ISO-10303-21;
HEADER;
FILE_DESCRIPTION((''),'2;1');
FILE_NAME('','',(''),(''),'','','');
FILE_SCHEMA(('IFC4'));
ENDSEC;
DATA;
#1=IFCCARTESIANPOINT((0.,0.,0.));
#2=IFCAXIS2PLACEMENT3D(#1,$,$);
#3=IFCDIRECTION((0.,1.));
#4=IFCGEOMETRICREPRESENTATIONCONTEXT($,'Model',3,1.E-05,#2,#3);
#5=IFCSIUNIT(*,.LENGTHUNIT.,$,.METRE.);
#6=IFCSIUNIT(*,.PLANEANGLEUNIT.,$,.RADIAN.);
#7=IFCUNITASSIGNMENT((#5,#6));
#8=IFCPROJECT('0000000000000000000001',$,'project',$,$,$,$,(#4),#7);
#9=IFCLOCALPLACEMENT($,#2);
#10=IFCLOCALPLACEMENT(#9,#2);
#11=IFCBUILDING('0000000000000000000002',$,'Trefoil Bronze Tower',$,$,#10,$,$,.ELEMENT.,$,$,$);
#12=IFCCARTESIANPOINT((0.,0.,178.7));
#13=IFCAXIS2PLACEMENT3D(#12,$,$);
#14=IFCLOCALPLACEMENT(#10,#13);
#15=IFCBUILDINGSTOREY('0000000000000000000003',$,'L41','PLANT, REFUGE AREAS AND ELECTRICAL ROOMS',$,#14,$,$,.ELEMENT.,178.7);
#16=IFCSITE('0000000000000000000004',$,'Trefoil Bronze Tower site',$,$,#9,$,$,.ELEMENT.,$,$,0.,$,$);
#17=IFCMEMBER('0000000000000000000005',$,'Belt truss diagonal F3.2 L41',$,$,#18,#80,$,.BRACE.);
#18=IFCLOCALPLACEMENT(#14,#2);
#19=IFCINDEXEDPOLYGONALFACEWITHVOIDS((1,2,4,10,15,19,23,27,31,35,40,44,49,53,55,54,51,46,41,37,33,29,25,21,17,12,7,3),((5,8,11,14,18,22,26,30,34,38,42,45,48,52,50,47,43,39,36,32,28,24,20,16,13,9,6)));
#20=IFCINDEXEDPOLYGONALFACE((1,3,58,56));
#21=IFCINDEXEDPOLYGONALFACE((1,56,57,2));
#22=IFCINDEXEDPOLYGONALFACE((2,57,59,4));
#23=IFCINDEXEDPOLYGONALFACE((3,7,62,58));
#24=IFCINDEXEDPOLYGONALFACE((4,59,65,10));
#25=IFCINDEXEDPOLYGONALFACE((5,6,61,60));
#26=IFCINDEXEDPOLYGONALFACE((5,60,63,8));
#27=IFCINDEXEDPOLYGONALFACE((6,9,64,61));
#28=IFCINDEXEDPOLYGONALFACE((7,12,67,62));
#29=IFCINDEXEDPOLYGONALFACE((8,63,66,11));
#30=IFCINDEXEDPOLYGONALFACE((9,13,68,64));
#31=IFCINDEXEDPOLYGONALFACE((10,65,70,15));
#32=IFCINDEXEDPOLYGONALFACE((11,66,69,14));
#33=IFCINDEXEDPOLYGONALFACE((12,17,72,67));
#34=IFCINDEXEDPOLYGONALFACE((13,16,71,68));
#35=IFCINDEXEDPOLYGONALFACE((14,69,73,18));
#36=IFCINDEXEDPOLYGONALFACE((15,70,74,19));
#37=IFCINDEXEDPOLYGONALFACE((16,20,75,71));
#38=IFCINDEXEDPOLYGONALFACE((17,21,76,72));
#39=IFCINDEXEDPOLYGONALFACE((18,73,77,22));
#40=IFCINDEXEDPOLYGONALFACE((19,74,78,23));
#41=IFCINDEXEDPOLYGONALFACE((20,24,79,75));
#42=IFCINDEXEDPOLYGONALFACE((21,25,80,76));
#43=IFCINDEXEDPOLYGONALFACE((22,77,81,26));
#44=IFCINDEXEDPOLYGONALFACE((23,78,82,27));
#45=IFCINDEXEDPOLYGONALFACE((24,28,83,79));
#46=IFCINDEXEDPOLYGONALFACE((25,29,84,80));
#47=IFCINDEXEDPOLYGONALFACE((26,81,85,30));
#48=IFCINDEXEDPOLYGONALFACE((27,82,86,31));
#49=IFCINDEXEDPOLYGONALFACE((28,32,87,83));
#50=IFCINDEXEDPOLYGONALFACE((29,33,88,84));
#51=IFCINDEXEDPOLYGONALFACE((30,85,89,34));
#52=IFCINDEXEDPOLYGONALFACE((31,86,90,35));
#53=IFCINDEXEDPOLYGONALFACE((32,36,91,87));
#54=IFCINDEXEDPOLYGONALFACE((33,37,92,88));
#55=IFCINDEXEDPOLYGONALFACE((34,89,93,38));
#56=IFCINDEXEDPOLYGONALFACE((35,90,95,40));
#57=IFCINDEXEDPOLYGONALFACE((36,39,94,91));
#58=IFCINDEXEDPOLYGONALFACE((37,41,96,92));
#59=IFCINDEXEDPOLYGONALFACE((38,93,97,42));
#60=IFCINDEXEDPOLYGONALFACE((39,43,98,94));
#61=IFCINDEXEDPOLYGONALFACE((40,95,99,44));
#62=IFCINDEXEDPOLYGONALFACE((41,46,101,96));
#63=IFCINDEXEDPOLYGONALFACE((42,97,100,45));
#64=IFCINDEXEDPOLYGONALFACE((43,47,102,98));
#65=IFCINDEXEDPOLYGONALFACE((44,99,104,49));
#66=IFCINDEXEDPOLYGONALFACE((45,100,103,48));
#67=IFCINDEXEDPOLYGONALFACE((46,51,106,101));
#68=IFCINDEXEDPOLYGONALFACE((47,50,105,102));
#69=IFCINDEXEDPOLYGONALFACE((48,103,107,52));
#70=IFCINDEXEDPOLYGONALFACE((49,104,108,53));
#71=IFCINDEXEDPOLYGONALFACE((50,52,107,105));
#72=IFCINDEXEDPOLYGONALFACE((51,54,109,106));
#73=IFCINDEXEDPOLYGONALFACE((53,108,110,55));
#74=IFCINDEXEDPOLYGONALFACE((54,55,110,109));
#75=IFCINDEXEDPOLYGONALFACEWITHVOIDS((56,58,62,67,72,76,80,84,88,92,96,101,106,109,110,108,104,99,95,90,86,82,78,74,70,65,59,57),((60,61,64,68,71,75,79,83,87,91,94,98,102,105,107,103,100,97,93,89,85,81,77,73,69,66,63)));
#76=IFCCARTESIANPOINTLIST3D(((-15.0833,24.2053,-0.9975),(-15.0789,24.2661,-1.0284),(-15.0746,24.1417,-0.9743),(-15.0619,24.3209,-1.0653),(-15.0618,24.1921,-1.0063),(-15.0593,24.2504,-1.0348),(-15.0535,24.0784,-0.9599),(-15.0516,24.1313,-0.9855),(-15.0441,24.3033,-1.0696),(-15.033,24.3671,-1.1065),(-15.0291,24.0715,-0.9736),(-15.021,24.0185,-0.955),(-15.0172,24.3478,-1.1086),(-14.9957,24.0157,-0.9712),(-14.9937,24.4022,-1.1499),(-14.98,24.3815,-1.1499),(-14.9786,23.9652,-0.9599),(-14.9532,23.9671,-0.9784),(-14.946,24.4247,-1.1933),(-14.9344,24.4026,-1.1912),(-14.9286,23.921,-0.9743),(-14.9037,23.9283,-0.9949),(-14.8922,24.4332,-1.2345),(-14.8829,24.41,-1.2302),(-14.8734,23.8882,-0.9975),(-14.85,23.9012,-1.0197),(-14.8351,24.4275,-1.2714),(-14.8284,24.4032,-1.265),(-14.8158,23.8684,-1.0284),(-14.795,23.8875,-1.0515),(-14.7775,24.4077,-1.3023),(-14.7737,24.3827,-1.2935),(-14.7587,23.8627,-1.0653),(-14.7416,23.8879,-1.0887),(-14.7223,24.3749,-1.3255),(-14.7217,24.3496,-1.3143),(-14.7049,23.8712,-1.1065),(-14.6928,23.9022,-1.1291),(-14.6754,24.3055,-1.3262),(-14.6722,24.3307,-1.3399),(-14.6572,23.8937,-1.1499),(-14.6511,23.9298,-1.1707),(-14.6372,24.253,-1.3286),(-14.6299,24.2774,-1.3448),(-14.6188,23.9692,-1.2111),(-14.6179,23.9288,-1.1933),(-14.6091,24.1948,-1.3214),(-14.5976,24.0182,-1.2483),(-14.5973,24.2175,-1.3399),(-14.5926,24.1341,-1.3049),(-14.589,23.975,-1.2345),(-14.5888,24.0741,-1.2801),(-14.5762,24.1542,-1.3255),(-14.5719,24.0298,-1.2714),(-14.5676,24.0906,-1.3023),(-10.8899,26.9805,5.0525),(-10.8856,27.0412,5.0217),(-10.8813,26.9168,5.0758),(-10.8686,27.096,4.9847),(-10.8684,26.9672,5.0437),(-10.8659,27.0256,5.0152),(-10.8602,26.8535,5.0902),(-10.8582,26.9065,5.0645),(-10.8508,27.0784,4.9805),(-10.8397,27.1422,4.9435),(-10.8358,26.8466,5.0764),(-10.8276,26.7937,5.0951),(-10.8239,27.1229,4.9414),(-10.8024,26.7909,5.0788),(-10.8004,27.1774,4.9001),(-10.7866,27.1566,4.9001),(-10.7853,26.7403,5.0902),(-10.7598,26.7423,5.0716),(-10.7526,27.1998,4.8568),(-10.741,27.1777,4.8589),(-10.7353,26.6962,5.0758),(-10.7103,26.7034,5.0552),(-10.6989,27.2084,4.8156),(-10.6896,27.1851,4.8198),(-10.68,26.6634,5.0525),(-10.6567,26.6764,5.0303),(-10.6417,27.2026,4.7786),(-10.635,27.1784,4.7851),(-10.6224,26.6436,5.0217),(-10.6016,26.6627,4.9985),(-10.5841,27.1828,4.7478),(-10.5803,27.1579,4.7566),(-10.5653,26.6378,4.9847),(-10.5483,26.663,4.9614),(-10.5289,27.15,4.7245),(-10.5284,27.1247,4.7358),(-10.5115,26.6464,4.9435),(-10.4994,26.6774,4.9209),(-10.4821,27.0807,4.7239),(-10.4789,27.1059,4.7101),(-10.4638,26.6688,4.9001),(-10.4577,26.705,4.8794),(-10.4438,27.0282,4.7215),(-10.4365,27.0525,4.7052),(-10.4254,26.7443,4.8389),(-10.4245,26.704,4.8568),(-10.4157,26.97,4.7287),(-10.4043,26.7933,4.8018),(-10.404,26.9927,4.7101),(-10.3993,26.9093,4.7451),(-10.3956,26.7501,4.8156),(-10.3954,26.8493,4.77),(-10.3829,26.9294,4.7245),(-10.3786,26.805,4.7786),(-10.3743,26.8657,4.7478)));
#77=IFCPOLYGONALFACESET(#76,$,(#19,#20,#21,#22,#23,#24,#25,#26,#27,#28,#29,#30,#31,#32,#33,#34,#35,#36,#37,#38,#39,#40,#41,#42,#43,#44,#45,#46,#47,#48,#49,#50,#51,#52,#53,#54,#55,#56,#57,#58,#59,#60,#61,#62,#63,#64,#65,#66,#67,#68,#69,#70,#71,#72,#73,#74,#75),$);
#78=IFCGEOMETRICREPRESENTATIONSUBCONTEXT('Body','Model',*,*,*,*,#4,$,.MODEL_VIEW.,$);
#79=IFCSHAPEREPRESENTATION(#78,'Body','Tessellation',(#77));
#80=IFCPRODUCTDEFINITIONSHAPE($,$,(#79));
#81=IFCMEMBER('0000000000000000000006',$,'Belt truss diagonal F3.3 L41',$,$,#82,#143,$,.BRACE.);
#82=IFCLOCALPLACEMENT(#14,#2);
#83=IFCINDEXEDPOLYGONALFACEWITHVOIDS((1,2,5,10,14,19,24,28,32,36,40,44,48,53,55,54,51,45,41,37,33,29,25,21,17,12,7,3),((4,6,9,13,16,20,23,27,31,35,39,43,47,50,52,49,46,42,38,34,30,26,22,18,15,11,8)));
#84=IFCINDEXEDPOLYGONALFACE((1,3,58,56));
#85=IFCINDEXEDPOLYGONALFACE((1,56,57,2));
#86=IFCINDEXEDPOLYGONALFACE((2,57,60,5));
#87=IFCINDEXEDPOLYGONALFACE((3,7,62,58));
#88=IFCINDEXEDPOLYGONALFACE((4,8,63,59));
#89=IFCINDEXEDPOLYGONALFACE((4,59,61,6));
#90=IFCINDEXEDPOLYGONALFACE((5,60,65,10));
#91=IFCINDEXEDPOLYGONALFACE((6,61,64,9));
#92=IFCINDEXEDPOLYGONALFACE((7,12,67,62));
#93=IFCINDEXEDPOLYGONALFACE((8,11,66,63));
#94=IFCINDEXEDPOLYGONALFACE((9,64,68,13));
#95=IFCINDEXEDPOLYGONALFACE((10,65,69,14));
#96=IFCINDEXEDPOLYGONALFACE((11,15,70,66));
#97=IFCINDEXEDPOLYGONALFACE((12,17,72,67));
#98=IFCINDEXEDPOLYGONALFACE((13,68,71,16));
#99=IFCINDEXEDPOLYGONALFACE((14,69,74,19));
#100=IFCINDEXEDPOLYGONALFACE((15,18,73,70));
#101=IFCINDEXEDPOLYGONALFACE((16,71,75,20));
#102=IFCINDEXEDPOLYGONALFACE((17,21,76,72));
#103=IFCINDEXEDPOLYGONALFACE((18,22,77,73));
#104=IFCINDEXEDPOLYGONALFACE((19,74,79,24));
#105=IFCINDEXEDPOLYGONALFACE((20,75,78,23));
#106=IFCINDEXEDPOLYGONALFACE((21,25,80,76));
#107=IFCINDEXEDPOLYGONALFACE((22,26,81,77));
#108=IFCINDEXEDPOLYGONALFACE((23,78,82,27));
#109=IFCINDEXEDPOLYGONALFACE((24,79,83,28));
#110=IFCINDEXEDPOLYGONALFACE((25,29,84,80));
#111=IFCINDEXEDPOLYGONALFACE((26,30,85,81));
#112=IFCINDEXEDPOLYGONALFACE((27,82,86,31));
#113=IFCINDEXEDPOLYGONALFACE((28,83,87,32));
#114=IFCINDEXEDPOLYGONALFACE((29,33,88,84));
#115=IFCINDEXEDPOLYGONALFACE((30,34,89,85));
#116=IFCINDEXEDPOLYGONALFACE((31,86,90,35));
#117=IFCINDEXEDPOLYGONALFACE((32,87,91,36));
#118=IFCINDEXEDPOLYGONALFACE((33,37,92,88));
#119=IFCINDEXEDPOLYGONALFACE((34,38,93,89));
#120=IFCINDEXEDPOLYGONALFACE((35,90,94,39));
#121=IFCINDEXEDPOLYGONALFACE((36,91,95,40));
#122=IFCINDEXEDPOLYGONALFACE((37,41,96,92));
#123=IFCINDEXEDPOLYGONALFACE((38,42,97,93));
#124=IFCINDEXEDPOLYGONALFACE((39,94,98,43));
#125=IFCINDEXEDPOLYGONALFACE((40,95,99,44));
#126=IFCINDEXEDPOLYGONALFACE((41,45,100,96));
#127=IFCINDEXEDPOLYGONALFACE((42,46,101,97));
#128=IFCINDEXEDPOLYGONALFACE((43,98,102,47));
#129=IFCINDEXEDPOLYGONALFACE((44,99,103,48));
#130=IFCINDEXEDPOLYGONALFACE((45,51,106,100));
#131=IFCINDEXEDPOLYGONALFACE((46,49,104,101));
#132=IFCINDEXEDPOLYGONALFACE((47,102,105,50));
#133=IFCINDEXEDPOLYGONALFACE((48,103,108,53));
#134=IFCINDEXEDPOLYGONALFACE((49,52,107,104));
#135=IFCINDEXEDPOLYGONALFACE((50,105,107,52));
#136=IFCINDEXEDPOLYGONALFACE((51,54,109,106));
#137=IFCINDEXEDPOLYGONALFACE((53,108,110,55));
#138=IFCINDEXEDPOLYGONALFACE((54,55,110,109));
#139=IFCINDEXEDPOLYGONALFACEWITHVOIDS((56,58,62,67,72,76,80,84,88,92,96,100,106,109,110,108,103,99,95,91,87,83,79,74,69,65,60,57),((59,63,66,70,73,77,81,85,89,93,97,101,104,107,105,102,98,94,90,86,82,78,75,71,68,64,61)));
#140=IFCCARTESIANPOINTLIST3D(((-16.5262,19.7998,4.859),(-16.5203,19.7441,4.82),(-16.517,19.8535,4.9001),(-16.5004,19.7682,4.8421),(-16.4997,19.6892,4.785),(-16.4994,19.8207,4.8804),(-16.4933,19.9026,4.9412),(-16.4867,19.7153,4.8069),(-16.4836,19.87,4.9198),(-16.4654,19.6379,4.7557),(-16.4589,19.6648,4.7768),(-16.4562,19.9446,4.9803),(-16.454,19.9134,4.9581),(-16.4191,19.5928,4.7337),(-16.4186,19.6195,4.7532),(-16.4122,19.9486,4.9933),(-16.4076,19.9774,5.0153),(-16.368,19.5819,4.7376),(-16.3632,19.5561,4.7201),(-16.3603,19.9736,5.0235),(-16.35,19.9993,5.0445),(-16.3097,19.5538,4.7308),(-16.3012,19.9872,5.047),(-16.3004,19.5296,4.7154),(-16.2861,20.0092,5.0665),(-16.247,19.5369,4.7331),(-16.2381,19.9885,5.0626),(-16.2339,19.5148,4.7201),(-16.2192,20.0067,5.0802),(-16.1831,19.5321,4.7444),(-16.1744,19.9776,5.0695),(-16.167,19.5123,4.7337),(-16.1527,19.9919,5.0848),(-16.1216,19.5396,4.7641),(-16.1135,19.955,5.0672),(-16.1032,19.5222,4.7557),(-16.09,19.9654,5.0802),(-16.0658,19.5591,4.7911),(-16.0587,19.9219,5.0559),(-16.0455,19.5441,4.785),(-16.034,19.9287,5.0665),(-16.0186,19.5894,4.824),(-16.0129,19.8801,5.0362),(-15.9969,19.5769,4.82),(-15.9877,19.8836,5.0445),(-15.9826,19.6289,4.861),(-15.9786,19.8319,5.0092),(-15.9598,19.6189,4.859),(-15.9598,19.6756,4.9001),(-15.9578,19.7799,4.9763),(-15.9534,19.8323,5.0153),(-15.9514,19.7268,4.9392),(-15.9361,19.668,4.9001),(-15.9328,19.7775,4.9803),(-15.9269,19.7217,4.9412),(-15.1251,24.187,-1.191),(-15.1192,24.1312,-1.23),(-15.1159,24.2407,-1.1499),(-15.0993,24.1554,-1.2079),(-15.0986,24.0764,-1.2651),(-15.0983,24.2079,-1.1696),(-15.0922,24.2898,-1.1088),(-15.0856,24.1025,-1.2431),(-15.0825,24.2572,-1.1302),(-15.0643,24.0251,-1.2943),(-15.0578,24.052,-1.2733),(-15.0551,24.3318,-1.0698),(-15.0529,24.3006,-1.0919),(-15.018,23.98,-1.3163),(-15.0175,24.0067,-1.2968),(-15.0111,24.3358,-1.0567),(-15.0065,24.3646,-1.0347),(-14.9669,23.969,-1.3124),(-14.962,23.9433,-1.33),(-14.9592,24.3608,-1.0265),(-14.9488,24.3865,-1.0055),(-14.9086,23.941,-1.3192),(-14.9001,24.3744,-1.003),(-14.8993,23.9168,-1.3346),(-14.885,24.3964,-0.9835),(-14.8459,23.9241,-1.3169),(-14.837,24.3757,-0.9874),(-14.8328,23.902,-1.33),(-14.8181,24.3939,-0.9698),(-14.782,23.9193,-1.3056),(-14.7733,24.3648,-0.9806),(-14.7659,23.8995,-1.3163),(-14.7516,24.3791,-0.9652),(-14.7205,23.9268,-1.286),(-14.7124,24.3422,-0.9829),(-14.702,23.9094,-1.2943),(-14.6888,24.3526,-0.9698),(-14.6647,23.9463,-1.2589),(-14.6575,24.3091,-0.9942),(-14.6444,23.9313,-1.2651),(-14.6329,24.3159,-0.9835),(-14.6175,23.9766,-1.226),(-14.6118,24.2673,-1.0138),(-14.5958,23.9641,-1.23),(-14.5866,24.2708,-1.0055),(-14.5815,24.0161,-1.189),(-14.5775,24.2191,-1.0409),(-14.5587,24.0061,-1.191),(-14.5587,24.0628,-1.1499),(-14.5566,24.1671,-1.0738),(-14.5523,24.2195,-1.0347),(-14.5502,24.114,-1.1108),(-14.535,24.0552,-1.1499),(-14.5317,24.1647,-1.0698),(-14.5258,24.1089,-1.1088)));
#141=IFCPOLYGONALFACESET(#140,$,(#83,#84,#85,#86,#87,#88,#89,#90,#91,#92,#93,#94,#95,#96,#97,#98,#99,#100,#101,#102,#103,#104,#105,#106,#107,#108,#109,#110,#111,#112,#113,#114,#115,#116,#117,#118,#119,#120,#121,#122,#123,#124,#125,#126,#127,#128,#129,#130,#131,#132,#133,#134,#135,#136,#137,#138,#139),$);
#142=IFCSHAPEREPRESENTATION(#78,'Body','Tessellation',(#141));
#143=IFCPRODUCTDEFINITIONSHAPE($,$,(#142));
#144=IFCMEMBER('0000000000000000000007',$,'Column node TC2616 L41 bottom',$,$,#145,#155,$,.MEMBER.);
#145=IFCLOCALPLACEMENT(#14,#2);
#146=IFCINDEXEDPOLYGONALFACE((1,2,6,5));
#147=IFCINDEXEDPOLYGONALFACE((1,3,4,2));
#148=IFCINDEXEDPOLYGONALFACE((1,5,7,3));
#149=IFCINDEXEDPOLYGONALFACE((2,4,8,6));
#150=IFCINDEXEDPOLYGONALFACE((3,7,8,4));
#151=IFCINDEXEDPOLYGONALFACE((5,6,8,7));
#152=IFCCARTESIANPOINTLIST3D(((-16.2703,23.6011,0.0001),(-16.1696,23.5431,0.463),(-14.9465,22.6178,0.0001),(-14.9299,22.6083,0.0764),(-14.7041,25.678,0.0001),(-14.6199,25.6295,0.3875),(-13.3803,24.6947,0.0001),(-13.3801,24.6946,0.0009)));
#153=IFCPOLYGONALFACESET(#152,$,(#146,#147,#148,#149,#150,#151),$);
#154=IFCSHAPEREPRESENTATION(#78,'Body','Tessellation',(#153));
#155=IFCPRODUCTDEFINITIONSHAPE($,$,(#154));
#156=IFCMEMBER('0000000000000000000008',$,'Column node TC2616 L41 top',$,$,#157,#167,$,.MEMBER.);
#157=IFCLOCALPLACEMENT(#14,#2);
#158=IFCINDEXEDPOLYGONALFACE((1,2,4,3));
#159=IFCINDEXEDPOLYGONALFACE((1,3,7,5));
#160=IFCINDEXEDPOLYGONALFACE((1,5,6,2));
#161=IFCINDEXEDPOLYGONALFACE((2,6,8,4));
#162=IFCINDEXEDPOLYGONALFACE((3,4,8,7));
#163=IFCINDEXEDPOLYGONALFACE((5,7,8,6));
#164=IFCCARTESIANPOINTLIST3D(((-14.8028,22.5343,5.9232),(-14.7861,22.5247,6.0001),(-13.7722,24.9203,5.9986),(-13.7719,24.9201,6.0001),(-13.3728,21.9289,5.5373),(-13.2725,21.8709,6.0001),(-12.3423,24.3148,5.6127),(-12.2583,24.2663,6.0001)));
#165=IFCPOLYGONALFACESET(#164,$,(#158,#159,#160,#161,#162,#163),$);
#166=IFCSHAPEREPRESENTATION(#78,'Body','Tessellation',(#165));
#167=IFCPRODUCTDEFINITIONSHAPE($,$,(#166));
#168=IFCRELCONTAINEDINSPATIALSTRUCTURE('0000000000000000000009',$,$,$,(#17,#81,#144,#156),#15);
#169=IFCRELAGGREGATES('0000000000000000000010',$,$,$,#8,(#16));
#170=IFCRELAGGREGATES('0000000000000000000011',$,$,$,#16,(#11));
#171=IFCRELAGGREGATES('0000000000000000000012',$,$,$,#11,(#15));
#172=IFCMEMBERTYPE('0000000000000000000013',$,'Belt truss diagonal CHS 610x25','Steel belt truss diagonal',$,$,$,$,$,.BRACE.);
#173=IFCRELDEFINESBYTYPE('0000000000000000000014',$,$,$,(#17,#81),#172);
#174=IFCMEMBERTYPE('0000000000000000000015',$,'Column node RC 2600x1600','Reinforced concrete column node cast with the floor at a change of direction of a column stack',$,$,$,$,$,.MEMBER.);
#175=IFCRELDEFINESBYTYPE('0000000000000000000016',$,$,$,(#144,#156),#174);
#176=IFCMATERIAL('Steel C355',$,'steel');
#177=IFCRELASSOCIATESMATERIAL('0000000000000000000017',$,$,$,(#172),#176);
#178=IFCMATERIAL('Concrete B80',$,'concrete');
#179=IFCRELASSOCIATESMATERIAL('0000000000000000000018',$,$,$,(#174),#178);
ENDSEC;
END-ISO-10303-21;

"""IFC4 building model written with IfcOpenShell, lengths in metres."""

from ifc_helpers import new_model, si_unit, direction, frame, origin, origin_2d, place, context, subcontext, project, spatial, rectangle, hollow_circle, extrude, clip, halfspace, material, material_profile, profile_set, type_object, element, save


model = new_model("IFC4")

# Units and contexts
model_context = context("Model", 3, precision=1e-05, world=origin(), true_north=direction((0.0, 1.0)))
body_context = subcontext(model_context, "Body", "Model", "MODEL_VIEW")
ifc_project = project(units=[si_unit("LENGTHUNIT", "METRE"), si_unit("PLANEANGLEUNIT", "RADIAN")], contexts=[model_context])

# Site, building, storey
site_placement = place(None, origin())
site = spatial("IfcSite", under=ifc_project, at=site_placement, Name="Trefoil Bronze Tower site", CompositionType="ELEMENT", RefElevation=0.0)
building_placement = place(site_placement, origin())
building = spatial("IfcBuilding", under=site, at=building_placement, Name="Trefoil Bronze Tower", CompositionType="ELEMENT")
storey_placement = place(building_placement, frame((0.0, 0.0, 178.7)))
storey = spatial("IfcBuildingStorey", under=building, at=storey_placement, Name="L41", Description="PLANT, REFUGE AREAS AND ELECTRICAL ROOMS", CompositionType="ELEMENT", Elevation=178.7)

# Members
ifc_material_1 = material(Name="Steel C355", Category="steel")
ifc_material_profile_1 = material_profile(ifc_material_1, hollow_circle(Radius=0.3049, WallThickness=0.0249, at=origin_2d()), Name="CHS 610x25")
ifc_profile_set_1 = profile_set([ifc_material_profile_1], Name="Steel C355")
member_type_1 = type_object("IfcMemberType", Name="Belt truss diagonal CHS 610x25", Description="Steel belt truss diagonal", PredefinedType="BRACE", material=ifc_profile_set_1)
member_1_placement = place(storey_placement, frame((-14.8254, 24.1479, -1.1499), z_axis=(0.533035, 0.35276, 0.769047), x_axis=(-0.551885, 0.83392, 0.0)))
element("IfcMember", 1, at=member_1_placement, inside=storey, type_object=member_type_1, Name="Belt truss diagonal F3.2 L41", PredefinedType="BRACE", context=body_context, shape_type="SweptSolid", body=[
    extrude(hollow_circle(Radius=0.3049, WallThickness=0.0249, at=origin_2d()), origin(), (0.0, 0.0, 1.0), 7.8669),
])
member_2_placement = place(storey_placement, frame((-14.8254, 24.1479, -1.1499), z_axis=(-0.184272, -0.576995, 0.795688), x_axis=(0.952599, -0.304227, 0.0)))
element("IfcMember", 2, at=member_2_placement, inside=storey, type_object=member_type_1, Name="Belt truss diagonal F3.3 L41", PredefinedType="BRACE", context=body_context, shape_type="SweptSolid", body=[
    extrude(hollow_circle(Radius=0.3049, WallThickness=0.0249, at=origin_2d()), origin(), (0.0, 0.0, 1.0), 7.6035),
])
ifc_material_2 = material(Name="Concrete B80", Category="concrete")
ifc_material_profile_2 = material_profile(ifc_material_2, rectangle(XDim=2.6001, YDim=1.6001, at=origin_2d()), Name="RC 2600x1600")
ifc_profile_set_2 = profile_set([ifc_material_profile_2], Name="Concrete B80")
member_type_2 = type_object("IfcMemberType", Name="Column node RC 2600x1600", Description="Reinforced concrete column node cast with the floor at a change of direction of a column stack", PredefinedType="MEMBER", material=ifc_profile_set_2)
member_3_placement = place(storey_placement, frame((-14.8757, 24.177, -0.2319), z_axis=(0.210835, -0.121498, 0.969942), x_axis=(-0.596052, -0.80242, 0.029049)))
element("IfcMember", 3, at=member_3_placement, inside=storey, type_object=member_type_2, Name="Column node TC2616 L41 bottom", PredefinedType="MEMBER", context=body_context, shape_type="Clipping", body=[
    clip(extrude(rectangle(XDim=2.6001, YDim=1.6001, at=origin_2d()), origin(), (0.0, 0.0, 1.0), 0.4783), halfspace(frame((0.0, 0.0, 0.2393), z_axis=(0.029049, -0.241597, 0.969942), x_axis=(0.0, 0.970351, 0.241699)), True)),
])
member_4_placement = place(storey_placement, frame((-13.4719, 23.3665, 6.2319), z_axis=(-0.210347, 0.121511, -0.970046), x_axis=(0.396357, 0.917638, 0.028999)))
element("IfcMember", 4, at=member_4_placement, inside=storey, type_object=member_type_2, Name="Column node TC2616 L41 top", PredefinedType="MEMBER", context=body_context, shape_type="Clipping", body=[
    clip(extrude(rectangle(XDim=2.6001, YDim=1.6001, at=origin_2d()), origin(), (0.0, 0.0, 1.0), 0.4783), halfspace(frame((0.0, 0.0, 0.239), z_axis=(-0.028999, 0.241184, 0.970046), x_axis=(0.0, 0.970454, -0.241286)), True)),
])

save(model, "model.ifc")
